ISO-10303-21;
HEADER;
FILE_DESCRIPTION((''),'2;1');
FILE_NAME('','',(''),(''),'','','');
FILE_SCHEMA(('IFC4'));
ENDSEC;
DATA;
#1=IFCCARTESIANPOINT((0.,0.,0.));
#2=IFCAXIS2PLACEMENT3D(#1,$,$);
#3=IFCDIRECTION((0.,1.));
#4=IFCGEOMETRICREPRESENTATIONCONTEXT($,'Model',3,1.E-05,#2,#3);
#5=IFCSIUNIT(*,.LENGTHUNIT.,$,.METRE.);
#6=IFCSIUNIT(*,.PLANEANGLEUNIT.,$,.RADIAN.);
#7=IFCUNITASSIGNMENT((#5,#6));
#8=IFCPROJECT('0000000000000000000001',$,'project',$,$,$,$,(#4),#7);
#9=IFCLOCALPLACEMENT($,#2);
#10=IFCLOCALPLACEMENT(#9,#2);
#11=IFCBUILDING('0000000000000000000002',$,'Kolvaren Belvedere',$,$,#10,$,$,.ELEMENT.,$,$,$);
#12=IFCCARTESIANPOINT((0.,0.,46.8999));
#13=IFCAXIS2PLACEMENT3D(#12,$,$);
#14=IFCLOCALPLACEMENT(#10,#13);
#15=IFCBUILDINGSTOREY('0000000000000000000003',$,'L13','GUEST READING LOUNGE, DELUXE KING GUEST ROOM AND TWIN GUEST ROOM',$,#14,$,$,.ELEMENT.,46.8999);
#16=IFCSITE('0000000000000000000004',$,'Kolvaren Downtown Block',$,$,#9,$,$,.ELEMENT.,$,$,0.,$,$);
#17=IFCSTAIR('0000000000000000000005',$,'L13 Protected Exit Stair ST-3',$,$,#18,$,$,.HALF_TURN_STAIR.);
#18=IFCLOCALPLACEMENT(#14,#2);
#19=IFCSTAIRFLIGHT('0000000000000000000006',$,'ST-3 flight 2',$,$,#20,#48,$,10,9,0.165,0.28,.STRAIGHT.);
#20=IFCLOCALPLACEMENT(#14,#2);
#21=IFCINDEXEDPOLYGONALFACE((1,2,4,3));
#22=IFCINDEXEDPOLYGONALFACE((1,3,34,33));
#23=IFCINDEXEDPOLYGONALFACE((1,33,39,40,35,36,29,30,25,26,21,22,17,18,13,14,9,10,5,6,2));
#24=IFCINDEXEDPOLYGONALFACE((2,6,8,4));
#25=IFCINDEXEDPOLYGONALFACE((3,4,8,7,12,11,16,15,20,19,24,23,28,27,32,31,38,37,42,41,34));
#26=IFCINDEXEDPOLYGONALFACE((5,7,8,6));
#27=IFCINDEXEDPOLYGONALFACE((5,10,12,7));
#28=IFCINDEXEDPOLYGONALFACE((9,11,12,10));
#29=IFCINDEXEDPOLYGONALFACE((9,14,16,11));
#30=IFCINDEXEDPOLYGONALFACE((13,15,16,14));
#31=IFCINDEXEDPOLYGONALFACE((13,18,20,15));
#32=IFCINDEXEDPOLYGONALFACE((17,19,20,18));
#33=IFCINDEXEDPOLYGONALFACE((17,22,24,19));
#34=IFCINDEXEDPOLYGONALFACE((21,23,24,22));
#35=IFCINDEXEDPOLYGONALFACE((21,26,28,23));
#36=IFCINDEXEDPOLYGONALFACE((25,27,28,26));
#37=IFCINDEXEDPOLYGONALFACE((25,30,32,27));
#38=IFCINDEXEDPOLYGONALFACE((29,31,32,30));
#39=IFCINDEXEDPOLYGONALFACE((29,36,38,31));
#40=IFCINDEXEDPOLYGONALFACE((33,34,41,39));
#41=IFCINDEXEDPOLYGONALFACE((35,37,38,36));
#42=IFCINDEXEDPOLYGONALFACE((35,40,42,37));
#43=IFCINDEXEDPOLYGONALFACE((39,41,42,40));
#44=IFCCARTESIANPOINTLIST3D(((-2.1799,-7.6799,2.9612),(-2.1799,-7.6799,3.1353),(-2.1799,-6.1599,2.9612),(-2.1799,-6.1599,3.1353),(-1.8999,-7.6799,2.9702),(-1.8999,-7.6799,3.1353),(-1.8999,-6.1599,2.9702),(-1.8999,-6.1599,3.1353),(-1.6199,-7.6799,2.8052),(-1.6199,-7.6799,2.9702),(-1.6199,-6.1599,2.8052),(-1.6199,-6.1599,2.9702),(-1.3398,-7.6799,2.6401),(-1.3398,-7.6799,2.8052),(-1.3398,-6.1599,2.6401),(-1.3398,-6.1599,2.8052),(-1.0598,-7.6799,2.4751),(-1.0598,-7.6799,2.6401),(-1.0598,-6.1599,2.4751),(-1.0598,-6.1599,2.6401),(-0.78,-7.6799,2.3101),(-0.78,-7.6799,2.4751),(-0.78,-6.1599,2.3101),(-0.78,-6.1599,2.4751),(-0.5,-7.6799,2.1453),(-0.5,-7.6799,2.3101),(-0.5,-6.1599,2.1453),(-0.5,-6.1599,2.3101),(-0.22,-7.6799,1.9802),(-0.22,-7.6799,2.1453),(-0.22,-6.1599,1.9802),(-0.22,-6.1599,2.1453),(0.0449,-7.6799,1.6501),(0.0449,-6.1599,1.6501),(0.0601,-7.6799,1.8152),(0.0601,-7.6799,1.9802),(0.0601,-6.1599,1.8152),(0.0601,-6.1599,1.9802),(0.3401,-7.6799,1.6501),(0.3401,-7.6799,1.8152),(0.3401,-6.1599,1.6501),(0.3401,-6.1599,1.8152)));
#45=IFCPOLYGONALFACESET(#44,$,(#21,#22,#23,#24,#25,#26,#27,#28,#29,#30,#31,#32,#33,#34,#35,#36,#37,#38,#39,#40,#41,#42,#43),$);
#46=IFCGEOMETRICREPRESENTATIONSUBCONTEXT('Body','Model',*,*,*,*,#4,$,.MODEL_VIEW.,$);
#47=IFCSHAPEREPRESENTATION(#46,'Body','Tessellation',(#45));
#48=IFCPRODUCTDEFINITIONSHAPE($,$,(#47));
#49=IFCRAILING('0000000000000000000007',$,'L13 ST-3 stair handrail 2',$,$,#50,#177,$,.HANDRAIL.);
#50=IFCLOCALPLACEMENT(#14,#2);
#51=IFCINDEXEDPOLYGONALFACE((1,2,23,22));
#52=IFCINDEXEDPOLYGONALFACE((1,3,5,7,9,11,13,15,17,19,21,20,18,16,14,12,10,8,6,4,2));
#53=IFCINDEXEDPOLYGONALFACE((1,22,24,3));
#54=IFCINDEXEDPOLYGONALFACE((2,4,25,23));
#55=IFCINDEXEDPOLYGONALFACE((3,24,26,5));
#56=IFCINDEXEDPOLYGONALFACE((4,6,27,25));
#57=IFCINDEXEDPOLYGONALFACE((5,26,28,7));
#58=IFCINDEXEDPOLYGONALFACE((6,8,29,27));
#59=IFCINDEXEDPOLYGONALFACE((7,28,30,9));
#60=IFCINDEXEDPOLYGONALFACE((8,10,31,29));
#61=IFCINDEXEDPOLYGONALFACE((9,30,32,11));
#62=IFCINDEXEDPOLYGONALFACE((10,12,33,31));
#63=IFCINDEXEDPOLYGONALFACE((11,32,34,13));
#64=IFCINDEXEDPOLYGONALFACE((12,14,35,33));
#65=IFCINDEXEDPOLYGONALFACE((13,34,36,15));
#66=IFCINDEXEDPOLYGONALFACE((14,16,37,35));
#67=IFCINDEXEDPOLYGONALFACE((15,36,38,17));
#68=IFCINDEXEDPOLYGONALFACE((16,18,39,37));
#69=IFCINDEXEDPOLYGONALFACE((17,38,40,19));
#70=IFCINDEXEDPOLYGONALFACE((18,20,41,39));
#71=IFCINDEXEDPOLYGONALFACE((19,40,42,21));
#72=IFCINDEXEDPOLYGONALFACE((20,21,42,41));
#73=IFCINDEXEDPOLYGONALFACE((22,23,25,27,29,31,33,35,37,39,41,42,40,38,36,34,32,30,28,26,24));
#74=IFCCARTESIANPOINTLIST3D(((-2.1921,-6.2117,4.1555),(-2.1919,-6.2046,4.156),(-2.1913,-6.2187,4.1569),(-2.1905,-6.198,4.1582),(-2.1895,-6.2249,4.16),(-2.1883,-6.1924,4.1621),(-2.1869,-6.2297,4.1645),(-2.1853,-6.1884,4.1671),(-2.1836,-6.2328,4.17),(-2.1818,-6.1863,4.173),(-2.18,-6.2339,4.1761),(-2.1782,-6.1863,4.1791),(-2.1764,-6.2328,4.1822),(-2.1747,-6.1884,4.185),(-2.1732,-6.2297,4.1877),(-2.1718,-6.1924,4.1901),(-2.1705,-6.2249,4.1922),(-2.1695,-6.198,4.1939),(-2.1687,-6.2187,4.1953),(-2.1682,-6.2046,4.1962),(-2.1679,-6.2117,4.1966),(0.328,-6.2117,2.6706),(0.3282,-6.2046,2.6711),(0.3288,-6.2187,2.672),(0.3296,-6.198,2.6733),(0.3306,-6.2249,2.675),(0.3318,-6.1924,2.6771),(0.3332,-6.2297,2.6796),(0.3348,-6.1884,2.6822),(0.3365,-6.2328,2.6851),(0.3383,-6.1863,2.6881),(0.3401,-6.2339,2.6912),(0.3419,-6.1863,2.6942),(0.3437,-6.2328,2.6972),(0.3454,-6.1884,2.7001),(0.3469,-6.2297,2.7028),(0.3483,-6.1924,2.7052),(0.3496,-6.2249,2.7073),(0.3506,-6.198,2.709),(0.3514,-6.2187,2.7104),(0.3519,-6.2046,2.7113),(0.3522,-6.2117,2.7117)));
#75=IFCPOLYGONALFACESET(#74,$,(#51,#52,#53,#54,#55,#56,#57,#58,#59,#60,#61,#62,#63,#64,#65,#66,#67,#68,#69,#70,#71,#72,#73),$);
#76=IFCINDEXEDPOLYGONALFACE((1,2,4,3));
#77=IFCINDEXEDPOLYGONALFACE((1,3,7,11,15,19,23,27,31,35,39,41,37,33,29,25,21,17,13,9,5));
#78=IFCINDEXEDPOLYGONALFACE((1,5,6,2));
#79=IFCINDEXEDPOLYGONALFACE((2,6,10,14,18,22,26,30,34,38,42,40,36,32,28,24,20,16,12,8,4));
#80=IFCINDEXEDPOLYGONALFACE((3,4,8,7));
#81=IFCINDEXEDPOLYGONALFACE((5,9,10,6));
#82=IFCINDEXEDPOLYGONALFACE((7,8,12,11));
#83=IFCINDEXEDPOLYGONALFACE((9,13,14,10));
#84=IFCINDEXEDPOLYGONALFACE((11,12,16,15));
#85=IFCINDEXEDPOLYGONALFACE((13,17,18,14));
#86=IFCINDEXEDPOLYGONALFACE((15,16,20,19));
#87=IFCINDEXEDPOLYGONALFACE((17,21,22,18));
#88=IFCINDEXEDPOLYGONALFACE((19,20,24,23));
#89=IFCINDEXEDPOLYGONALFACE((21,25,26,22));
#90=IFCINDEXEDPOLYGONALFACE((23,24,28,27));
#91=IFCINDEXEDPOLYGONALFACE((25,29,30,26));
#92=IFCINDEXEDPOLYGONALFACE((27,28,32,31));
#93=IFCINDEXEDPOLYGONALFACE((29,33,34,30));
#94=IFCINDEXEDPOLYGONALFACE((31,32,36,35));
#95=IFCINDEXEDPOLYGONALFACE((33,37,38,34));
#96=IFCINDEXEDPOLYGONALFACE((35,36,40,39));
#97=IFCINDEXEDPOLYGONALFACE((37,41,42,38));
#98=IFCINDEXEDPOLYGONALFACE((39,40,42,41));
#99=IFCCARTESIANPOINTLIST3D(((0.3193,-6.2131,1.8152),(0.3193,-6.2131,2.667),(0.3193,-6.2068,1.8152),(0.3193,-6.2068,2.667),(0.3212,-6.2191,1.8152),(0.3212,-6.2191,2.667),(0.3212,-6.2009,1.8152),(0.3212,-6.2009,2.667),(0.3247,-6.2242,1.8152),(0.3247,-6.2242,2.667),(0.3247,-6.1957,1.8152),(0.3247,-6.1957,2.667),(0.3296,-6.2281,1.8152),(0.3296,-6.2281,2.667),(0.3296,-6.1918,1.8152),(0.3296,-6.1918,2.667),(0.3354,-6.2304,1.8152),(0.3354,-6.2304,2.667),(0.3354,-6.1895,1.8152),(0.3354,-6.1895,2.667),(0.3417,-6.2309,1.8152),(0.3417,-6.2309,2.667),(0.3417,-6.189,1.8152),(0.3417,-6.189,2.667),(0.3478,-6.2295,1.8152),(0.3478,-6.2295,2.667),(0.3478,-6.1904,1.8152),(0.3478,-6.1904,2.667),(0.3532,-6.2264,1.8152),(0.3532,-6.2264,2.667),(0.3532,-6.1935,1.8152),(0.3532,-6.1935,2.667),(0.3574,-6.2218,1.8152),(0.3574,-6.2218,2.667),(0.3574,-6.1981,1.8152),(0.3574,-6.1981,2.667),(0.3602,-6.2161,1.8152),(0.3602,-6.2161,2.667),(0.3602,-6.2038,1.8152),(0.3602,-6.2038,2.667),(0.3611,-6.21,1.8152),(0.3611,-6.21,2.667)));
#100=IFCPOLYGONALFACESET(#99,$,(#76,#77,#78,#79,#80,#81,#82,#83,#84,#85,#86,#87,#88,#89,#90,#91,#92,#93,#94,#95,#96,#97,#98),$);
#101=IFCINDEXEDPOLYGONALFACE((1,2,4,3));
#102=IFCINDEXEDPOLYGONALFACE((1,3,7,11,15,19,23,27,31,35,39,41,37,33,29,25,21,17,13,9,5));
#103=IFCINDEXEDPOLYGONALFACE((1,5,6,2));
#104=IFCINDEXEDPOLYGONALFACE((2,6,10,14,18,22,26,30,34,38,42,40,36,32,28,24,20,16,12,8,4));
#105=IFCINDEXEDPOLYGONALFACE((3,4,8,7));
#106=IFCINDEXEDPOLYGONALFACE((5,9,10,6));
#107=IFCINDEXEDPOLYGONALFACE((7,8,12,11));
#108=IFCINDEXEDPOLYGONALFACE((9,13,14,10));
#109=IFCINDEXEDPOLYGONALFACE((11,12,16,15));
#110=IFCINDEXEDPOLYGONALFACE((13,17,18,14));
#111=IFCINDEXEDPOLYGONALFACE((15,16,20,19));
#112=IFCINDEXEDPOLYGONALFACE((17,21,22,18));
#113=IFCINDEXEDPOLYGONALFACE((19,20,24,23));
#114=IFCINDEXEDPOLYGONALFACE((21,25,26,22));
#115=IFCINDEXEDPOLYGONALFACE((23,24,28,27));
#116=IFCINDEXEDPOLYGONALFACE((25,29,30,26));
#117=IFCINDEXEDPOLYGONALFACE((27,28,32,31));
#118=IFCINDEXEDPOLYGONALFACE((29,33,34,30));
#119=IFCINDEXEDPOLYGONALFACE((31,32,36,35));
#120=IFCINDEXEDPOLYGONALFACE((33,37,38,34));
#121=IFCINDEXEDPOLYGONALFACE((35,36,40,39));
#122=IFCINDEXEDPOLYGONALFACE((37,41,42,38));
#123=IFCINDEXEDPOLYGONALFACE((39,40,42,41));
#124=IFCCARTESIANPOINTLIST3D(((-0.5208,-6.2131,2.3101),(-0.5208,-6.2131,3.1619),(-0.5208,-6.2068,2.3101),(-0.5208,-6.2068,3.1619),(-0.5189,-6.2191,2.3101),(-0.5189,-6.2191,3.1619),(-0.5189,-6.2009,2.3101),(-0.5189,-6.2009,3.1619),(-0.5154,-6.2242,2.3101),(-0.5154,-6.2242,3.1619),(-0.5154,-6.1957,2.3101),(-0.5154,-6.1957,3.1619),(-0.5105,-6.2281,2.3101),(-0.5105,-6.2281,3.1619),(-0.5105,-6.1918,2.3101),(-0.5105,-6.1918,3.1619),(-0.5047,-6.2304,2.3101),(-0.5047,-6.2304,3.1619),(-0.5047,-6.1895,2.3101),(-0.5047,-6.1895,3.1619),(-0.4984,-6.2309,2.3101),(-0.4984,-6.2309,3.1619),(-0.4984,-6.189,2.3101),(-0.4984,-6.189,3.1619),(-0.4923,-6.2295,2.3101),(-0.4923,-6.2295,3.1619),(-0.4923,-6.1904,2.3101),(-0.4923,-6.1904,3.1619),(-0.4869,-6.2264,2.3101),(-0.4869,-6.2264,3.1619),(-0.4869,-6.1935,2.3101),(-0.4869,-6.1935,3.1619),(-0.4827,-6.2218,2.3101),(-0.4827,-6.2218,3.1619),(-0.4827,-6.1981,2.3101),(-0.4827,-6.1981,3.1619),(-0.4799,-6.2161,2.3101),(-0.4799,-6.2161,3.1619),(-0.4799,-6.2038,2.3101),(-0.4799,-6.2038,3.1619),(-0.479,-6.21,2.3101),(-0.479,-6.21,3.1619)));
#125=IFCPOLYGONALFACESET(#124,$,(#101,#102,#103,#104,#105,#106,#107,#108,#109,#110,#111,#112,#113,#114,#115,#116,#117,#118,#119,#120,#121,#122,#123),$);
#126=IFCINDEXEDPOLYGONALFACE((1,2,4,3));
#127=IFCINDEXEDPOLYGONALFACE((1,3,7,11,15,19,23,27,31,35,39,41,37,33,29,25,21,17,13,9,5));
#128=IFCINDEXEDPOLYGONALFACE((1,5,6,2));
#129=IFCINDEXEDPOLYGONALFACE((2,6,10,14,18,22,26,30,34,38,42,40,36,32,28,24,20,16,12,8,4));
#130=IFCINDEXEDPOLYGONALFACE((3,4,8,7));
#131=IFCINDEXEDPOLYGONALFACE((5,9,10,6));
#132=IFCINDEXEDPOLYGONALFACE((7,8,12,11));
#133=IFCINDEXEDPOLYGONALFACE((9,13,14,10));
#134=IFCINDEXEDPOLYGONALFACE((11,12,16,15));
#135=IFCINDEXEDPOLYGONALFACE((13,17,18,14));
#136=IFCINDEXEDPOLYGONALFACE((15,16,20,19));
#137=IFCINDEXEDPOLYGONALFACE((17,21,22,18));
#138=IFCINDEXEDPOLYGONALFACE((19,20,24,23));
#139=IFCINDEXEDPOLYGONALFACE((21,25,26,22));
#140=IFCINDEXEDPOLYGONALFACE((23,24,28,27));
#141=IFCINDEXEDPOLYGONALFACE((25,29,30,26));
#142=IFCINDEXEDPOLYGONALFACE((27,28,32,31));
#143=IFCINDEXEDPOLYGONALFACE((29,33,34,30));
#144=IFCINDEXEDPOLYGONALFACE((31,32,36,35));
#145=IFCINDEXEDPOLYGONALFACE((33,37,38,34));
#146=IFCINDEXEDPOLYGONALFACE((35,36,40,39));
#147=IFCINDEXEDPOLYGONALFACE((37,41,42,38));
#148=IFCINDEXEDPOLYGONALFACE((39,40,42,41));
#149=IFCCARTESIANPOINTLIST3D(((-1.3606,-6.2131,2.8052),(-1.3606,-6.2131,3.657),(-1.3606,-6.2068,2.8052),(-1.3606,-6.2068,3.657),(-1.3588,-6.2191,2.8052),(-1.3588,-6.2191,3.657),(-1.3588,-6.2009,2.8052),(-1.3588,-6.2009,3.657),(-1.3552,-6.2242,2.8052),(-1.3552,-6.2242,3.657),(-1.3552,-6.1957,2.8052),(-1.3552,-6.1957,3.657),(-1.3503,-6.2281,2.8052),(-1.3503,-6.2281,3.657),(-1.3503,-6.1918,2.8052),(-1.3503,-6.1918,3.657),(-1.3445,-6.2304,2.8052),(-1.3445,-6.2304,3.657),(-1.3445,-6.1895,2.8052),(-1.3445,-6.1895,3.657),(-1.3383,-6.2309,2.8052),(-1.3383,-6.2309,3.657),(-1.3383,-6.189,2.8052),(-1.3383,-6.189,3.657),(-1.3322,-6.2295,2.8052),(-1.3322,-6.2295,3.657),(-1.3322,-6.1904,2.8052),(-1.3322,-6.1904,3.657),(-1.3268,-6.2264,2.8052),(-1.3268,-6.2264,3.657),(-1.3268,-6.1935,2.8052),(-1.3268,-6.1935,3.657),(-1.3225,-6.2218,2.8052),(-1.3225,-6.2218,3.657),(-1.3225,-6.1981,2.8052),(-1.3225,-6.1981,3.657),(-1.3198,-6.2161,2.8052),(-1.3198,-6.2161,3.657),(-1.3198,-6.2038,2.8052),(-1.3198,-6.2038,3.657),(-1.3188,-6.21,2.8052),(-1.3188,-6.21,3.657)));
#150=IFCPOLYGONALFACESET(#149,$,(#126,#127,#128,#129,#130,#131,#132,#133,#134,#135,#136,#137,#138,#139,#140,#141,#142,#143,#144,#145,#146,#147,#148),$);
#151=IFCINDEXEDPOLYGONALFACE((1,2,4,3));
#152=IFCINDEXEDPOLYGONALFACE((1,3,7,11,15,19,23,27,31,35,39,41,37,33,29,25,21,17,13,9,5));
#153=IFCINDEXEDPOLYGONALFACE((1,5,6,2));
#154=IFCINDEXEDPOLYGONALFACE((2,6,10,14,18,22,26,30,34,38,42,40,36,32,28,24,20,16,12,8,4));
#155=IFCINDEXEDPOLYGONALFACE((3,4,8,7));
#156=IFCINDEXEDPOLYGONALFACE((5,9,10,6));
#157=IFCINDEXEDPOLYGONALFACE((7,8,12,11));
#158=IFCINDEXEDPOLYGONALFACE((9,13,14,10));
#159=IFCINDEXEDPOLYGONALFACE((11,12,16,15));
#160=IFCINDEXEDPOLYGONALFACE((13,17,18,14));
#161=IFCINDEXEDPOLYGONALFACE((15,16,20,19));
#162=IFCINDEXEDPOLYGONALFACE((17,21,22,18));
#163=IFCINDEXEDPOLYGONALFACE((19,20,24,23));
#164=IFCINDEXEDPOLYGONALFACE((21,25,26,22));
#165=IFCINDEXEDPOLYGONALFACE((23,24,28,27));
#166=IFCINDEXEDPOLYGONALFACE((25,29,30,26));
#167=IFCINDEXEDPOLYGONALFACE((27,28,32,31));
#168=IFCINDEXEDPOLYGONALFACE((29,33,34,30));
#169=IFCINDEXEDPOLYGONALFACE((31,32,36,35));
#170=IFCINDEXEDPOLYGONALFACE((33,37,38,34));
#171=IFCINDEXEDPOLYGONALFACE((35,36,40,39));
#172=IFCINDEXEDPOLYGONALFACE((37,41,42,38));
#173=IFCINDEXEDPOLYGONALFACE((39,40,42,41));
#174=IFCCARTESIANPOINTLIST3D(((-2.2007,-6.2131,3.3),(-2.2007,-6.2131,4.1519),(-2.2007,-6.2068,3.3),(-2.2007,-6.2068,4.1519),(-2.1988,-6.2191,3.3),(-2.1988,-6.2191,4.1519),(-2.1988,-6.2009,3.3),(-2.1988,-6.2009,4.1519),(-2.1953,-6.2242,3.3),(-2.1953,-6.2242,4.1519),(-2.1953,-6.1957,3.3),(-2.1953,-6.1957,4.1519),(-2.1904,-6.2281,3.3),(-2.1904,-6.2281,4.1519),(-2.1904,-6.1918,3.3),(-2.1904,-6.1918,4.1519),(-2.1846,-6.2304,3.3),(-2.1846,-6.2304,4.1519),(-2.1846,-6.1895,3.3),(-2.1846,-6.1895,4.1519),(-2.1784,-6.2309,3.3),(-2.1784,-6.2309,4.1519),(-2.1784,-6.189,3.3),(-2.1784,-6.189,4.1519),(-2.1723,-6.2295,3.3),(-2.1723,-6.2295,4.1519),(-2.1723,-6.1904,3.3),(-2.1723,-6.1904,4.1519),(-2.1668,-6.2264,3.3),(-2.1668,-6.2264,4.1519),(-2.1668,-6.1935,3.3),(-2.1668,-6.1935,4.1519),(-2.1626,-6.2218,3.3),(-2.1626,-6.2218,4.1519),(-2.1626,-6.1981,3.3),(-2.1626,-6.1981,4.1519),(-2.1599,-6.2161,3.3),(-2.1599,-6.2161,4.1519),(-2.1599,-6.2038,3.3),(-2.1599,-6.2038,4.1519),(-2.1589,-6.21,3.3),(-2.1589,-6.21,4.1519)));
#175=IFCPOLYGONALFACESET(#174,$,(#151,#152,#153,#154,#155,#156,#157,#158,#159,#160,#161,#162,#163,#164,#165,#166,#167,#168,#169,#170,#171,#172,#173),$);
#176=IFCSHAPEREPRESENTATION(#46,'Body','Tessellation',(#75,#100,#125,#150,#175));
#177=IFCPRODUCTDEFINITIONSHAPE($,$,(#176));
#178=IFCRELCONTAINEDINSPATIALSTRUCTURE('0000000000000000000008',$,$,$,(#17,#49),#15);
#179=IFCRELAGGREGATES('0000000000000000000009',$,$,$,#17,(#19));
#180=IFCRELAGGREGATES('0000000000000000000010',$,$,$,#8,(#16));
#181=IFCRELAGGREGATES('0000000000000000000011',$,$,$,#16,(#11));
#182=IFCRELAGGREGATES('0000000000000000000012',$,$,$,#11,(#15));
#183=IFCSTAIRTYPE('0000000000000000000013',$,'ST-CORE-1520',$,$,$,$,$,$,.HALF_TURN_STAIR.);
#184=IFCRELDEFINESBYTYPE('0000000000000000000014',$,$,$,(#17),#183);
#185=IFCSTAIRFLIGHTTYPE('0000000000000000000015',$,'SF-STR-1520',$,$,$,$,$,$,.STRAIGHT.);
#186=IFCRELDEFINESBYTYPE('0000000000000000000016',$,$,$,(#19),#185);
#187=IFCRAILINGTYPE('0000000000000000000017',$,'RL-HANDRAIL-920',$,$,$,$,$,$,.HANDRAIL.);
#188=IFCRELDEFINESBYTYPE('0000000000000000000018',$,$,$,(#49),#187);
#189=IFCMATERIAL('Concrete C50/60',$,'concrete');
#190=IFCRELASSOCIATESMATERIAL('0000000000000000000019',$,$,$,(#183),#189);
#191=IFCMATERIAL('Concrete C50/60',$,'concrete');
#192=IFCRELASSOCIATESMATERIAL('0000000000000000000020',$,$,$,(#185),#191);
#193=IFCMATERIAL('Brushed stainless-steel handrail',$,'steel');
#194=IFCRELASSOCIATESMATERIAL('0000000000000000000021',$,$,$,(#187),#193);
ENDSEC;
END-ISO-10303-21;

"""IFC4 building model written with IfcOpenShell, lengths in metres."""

from ifc_helpers import new_model, si_unit, direction, frame, origin, origin_2d, place, context, subcontext, project, spatial, polyline, circle, outline, extrude, material, type_object, element, aggregate, save


model = new_model("IFC4")

# Units and contexts
model_context = context("Model", 3, precision=1e-05, world=origin(), true_north=direction((0.0, 1.0)))
body_context = subcontext(model_context, "Body", "Model", "MODEL_VIEW")
ifc_project = project(units=[si_unit("LENGTHUNIT", "METRE"), si_unit("PLANEANGLEUNIT", "RADIAN")], contexts=[model_context])

# Site, building, storey
site_placement = place(None, origin())
site = spatial("IfcSite", under=ifc_project, at=site_placement, Name="Kolvaren Downtown Block", CompositionType="ELEMENT", RefElevation=0.0)
building_placement = place(site_placement, origin())
building = spatial("IfcBuilding", under=site, at=building_placement, Name="Kolvaren Belvedere", CompositionType="ELEMENT")
storey_placement = place(building_placement, frame((0.0, 0.0, 46.8999)))
storey = spatial("IfcBuildingStorey", under=building, at=storey_placement, Name="L13", Description="GUEST READING LOUNGE, DELUXE KING GUEST ROOM AND TWIN GUEST ROOM", CompositionType="ELEMENT", Elevation=46.8999)

# Shared definitions
ifc_material_1 = material(Name="Concrete C50/60", Category="concrete")
stair_type = type_object("IfcStairType", Name="ST-CORE-1520", PredefinedType="HALF_TURN_STAIR", material=ifc_material_1)

# Stair, stair flight
stair_1_placement = place(storey_placement, origin())
stair_1 = element("IfcStair", 1, at=stair_1_placement, inside=storey, type_object=stair_type, Name="L13 Protected Exit Stair ST-3", PredefinedType="HALF_TURN_STAIR")
ifc_material_2 = material(Name="Concrete C50/60", Category="concrete")
stair_flight_type = type_object("IfcStairFlightType", Name="SF-STR-1520", PredefinedType="STRAIGHT", material=ifc_material_2)
stair_flight_placement = place(storey_placement, frame((0.3401, -6.9199, 1.6501), z_axis=(0.0, 0.0, 1.0), x_axis=(-1.0, 0.0, 0.0)))
stair_flight = element("IfcStairFlight", 2, at=stair_flight_placement, type_object=stair_flight_type, Name="ST-3 flight 2", NumberOfRisers=10, NumberOfTreads=9, PredefinedType="STRAIGHT", RiserHeight=0.165, TreadLength=0.28, context=body_context, shape_type="SweptSolid", body=[
    extrude(outline(polyline([(0.0, 0.0), (0.0, 0.165), (0.28, 0.165), (0.28, 0.3301), (0.5601, 0.3301), (0.5601, 0.4951), (0.8401, 0.4951), (0.8401, 0.6599), (1.1201, 0.6599), (1.1201, 0.825), (1.3999, 0.825), (1.3999, 0.99), (1.6799, 0.99), (1.6799, 1.155), (1.96, 1.155), (1.96, 1.3201), (2.24, 1.3201), (2.24, 1.4851), (2.52, 1.4851), (2.52, 1.6499), (2.52, 1.311), (0.2952, 0.0), (0.0, 0.0)])), frame((0.0, 0.76, 0.0), z_axis=(0.0, -1.0, 0.0), x_axis=(1.0, 0.0, 0.0)), (0.0, 0.0, 1.0), 1.52),
])
aggregate(stair_1, [stair_flight])

# Railing
ifc_material_3 = material(Name="Brushed stainless-steel handrail", Category="steel")
railing_type_1 = type_object("IfcRailingType", Name="RL-HANDRAIL-920", PredefinedType="HANDRAIL", material=ifc_material_3)
railing_1_placement = place(storey_placement, frame((0.3401, -6.21, 1.8152)))
element("IfcRailing", 3, at=railing_1_placement, inside=storey, type_object=railing_type_1, Name="L13 ST-3 stair handrail 2", PredefinedType="HANDRAIL", context=body_context, shape_type="SweptSolid", body=[
    extrude(circle(Radius=0.0239, at=origin_2d()), frame((0.0, 0.0, 0.876), z_axis=(-0.861561, 0.0, 0.507655), x_axis=(0.0, -1.0, 0.0)), (0.0, 0.0, 1.0), 2.925),
    extrude(circle(Radius=0.021, at=origin_2d()), origin(), (0.0, 0.0, 1.0), 0.8518),
    extrude(circle(Radius=0.021, at=origin_2d()), frame((-0.8401, 0.0, 0.4949)), (0.0, 0.0, 1.0), 0.8518),
    extrude(circle(Radius=0.021, at=origin_2d()), frame((-1.6799, 0.0, 0.99)), (0.0, 0.0, 1.0), 0.8518),
    extrude(circle(Radius=0.021, at=origin_2d()), frame((-2.52, 0.0, 1.4849)), (0.0, 0.0, 1.0), 0.8518),
])

save(model, "model.ifc")
